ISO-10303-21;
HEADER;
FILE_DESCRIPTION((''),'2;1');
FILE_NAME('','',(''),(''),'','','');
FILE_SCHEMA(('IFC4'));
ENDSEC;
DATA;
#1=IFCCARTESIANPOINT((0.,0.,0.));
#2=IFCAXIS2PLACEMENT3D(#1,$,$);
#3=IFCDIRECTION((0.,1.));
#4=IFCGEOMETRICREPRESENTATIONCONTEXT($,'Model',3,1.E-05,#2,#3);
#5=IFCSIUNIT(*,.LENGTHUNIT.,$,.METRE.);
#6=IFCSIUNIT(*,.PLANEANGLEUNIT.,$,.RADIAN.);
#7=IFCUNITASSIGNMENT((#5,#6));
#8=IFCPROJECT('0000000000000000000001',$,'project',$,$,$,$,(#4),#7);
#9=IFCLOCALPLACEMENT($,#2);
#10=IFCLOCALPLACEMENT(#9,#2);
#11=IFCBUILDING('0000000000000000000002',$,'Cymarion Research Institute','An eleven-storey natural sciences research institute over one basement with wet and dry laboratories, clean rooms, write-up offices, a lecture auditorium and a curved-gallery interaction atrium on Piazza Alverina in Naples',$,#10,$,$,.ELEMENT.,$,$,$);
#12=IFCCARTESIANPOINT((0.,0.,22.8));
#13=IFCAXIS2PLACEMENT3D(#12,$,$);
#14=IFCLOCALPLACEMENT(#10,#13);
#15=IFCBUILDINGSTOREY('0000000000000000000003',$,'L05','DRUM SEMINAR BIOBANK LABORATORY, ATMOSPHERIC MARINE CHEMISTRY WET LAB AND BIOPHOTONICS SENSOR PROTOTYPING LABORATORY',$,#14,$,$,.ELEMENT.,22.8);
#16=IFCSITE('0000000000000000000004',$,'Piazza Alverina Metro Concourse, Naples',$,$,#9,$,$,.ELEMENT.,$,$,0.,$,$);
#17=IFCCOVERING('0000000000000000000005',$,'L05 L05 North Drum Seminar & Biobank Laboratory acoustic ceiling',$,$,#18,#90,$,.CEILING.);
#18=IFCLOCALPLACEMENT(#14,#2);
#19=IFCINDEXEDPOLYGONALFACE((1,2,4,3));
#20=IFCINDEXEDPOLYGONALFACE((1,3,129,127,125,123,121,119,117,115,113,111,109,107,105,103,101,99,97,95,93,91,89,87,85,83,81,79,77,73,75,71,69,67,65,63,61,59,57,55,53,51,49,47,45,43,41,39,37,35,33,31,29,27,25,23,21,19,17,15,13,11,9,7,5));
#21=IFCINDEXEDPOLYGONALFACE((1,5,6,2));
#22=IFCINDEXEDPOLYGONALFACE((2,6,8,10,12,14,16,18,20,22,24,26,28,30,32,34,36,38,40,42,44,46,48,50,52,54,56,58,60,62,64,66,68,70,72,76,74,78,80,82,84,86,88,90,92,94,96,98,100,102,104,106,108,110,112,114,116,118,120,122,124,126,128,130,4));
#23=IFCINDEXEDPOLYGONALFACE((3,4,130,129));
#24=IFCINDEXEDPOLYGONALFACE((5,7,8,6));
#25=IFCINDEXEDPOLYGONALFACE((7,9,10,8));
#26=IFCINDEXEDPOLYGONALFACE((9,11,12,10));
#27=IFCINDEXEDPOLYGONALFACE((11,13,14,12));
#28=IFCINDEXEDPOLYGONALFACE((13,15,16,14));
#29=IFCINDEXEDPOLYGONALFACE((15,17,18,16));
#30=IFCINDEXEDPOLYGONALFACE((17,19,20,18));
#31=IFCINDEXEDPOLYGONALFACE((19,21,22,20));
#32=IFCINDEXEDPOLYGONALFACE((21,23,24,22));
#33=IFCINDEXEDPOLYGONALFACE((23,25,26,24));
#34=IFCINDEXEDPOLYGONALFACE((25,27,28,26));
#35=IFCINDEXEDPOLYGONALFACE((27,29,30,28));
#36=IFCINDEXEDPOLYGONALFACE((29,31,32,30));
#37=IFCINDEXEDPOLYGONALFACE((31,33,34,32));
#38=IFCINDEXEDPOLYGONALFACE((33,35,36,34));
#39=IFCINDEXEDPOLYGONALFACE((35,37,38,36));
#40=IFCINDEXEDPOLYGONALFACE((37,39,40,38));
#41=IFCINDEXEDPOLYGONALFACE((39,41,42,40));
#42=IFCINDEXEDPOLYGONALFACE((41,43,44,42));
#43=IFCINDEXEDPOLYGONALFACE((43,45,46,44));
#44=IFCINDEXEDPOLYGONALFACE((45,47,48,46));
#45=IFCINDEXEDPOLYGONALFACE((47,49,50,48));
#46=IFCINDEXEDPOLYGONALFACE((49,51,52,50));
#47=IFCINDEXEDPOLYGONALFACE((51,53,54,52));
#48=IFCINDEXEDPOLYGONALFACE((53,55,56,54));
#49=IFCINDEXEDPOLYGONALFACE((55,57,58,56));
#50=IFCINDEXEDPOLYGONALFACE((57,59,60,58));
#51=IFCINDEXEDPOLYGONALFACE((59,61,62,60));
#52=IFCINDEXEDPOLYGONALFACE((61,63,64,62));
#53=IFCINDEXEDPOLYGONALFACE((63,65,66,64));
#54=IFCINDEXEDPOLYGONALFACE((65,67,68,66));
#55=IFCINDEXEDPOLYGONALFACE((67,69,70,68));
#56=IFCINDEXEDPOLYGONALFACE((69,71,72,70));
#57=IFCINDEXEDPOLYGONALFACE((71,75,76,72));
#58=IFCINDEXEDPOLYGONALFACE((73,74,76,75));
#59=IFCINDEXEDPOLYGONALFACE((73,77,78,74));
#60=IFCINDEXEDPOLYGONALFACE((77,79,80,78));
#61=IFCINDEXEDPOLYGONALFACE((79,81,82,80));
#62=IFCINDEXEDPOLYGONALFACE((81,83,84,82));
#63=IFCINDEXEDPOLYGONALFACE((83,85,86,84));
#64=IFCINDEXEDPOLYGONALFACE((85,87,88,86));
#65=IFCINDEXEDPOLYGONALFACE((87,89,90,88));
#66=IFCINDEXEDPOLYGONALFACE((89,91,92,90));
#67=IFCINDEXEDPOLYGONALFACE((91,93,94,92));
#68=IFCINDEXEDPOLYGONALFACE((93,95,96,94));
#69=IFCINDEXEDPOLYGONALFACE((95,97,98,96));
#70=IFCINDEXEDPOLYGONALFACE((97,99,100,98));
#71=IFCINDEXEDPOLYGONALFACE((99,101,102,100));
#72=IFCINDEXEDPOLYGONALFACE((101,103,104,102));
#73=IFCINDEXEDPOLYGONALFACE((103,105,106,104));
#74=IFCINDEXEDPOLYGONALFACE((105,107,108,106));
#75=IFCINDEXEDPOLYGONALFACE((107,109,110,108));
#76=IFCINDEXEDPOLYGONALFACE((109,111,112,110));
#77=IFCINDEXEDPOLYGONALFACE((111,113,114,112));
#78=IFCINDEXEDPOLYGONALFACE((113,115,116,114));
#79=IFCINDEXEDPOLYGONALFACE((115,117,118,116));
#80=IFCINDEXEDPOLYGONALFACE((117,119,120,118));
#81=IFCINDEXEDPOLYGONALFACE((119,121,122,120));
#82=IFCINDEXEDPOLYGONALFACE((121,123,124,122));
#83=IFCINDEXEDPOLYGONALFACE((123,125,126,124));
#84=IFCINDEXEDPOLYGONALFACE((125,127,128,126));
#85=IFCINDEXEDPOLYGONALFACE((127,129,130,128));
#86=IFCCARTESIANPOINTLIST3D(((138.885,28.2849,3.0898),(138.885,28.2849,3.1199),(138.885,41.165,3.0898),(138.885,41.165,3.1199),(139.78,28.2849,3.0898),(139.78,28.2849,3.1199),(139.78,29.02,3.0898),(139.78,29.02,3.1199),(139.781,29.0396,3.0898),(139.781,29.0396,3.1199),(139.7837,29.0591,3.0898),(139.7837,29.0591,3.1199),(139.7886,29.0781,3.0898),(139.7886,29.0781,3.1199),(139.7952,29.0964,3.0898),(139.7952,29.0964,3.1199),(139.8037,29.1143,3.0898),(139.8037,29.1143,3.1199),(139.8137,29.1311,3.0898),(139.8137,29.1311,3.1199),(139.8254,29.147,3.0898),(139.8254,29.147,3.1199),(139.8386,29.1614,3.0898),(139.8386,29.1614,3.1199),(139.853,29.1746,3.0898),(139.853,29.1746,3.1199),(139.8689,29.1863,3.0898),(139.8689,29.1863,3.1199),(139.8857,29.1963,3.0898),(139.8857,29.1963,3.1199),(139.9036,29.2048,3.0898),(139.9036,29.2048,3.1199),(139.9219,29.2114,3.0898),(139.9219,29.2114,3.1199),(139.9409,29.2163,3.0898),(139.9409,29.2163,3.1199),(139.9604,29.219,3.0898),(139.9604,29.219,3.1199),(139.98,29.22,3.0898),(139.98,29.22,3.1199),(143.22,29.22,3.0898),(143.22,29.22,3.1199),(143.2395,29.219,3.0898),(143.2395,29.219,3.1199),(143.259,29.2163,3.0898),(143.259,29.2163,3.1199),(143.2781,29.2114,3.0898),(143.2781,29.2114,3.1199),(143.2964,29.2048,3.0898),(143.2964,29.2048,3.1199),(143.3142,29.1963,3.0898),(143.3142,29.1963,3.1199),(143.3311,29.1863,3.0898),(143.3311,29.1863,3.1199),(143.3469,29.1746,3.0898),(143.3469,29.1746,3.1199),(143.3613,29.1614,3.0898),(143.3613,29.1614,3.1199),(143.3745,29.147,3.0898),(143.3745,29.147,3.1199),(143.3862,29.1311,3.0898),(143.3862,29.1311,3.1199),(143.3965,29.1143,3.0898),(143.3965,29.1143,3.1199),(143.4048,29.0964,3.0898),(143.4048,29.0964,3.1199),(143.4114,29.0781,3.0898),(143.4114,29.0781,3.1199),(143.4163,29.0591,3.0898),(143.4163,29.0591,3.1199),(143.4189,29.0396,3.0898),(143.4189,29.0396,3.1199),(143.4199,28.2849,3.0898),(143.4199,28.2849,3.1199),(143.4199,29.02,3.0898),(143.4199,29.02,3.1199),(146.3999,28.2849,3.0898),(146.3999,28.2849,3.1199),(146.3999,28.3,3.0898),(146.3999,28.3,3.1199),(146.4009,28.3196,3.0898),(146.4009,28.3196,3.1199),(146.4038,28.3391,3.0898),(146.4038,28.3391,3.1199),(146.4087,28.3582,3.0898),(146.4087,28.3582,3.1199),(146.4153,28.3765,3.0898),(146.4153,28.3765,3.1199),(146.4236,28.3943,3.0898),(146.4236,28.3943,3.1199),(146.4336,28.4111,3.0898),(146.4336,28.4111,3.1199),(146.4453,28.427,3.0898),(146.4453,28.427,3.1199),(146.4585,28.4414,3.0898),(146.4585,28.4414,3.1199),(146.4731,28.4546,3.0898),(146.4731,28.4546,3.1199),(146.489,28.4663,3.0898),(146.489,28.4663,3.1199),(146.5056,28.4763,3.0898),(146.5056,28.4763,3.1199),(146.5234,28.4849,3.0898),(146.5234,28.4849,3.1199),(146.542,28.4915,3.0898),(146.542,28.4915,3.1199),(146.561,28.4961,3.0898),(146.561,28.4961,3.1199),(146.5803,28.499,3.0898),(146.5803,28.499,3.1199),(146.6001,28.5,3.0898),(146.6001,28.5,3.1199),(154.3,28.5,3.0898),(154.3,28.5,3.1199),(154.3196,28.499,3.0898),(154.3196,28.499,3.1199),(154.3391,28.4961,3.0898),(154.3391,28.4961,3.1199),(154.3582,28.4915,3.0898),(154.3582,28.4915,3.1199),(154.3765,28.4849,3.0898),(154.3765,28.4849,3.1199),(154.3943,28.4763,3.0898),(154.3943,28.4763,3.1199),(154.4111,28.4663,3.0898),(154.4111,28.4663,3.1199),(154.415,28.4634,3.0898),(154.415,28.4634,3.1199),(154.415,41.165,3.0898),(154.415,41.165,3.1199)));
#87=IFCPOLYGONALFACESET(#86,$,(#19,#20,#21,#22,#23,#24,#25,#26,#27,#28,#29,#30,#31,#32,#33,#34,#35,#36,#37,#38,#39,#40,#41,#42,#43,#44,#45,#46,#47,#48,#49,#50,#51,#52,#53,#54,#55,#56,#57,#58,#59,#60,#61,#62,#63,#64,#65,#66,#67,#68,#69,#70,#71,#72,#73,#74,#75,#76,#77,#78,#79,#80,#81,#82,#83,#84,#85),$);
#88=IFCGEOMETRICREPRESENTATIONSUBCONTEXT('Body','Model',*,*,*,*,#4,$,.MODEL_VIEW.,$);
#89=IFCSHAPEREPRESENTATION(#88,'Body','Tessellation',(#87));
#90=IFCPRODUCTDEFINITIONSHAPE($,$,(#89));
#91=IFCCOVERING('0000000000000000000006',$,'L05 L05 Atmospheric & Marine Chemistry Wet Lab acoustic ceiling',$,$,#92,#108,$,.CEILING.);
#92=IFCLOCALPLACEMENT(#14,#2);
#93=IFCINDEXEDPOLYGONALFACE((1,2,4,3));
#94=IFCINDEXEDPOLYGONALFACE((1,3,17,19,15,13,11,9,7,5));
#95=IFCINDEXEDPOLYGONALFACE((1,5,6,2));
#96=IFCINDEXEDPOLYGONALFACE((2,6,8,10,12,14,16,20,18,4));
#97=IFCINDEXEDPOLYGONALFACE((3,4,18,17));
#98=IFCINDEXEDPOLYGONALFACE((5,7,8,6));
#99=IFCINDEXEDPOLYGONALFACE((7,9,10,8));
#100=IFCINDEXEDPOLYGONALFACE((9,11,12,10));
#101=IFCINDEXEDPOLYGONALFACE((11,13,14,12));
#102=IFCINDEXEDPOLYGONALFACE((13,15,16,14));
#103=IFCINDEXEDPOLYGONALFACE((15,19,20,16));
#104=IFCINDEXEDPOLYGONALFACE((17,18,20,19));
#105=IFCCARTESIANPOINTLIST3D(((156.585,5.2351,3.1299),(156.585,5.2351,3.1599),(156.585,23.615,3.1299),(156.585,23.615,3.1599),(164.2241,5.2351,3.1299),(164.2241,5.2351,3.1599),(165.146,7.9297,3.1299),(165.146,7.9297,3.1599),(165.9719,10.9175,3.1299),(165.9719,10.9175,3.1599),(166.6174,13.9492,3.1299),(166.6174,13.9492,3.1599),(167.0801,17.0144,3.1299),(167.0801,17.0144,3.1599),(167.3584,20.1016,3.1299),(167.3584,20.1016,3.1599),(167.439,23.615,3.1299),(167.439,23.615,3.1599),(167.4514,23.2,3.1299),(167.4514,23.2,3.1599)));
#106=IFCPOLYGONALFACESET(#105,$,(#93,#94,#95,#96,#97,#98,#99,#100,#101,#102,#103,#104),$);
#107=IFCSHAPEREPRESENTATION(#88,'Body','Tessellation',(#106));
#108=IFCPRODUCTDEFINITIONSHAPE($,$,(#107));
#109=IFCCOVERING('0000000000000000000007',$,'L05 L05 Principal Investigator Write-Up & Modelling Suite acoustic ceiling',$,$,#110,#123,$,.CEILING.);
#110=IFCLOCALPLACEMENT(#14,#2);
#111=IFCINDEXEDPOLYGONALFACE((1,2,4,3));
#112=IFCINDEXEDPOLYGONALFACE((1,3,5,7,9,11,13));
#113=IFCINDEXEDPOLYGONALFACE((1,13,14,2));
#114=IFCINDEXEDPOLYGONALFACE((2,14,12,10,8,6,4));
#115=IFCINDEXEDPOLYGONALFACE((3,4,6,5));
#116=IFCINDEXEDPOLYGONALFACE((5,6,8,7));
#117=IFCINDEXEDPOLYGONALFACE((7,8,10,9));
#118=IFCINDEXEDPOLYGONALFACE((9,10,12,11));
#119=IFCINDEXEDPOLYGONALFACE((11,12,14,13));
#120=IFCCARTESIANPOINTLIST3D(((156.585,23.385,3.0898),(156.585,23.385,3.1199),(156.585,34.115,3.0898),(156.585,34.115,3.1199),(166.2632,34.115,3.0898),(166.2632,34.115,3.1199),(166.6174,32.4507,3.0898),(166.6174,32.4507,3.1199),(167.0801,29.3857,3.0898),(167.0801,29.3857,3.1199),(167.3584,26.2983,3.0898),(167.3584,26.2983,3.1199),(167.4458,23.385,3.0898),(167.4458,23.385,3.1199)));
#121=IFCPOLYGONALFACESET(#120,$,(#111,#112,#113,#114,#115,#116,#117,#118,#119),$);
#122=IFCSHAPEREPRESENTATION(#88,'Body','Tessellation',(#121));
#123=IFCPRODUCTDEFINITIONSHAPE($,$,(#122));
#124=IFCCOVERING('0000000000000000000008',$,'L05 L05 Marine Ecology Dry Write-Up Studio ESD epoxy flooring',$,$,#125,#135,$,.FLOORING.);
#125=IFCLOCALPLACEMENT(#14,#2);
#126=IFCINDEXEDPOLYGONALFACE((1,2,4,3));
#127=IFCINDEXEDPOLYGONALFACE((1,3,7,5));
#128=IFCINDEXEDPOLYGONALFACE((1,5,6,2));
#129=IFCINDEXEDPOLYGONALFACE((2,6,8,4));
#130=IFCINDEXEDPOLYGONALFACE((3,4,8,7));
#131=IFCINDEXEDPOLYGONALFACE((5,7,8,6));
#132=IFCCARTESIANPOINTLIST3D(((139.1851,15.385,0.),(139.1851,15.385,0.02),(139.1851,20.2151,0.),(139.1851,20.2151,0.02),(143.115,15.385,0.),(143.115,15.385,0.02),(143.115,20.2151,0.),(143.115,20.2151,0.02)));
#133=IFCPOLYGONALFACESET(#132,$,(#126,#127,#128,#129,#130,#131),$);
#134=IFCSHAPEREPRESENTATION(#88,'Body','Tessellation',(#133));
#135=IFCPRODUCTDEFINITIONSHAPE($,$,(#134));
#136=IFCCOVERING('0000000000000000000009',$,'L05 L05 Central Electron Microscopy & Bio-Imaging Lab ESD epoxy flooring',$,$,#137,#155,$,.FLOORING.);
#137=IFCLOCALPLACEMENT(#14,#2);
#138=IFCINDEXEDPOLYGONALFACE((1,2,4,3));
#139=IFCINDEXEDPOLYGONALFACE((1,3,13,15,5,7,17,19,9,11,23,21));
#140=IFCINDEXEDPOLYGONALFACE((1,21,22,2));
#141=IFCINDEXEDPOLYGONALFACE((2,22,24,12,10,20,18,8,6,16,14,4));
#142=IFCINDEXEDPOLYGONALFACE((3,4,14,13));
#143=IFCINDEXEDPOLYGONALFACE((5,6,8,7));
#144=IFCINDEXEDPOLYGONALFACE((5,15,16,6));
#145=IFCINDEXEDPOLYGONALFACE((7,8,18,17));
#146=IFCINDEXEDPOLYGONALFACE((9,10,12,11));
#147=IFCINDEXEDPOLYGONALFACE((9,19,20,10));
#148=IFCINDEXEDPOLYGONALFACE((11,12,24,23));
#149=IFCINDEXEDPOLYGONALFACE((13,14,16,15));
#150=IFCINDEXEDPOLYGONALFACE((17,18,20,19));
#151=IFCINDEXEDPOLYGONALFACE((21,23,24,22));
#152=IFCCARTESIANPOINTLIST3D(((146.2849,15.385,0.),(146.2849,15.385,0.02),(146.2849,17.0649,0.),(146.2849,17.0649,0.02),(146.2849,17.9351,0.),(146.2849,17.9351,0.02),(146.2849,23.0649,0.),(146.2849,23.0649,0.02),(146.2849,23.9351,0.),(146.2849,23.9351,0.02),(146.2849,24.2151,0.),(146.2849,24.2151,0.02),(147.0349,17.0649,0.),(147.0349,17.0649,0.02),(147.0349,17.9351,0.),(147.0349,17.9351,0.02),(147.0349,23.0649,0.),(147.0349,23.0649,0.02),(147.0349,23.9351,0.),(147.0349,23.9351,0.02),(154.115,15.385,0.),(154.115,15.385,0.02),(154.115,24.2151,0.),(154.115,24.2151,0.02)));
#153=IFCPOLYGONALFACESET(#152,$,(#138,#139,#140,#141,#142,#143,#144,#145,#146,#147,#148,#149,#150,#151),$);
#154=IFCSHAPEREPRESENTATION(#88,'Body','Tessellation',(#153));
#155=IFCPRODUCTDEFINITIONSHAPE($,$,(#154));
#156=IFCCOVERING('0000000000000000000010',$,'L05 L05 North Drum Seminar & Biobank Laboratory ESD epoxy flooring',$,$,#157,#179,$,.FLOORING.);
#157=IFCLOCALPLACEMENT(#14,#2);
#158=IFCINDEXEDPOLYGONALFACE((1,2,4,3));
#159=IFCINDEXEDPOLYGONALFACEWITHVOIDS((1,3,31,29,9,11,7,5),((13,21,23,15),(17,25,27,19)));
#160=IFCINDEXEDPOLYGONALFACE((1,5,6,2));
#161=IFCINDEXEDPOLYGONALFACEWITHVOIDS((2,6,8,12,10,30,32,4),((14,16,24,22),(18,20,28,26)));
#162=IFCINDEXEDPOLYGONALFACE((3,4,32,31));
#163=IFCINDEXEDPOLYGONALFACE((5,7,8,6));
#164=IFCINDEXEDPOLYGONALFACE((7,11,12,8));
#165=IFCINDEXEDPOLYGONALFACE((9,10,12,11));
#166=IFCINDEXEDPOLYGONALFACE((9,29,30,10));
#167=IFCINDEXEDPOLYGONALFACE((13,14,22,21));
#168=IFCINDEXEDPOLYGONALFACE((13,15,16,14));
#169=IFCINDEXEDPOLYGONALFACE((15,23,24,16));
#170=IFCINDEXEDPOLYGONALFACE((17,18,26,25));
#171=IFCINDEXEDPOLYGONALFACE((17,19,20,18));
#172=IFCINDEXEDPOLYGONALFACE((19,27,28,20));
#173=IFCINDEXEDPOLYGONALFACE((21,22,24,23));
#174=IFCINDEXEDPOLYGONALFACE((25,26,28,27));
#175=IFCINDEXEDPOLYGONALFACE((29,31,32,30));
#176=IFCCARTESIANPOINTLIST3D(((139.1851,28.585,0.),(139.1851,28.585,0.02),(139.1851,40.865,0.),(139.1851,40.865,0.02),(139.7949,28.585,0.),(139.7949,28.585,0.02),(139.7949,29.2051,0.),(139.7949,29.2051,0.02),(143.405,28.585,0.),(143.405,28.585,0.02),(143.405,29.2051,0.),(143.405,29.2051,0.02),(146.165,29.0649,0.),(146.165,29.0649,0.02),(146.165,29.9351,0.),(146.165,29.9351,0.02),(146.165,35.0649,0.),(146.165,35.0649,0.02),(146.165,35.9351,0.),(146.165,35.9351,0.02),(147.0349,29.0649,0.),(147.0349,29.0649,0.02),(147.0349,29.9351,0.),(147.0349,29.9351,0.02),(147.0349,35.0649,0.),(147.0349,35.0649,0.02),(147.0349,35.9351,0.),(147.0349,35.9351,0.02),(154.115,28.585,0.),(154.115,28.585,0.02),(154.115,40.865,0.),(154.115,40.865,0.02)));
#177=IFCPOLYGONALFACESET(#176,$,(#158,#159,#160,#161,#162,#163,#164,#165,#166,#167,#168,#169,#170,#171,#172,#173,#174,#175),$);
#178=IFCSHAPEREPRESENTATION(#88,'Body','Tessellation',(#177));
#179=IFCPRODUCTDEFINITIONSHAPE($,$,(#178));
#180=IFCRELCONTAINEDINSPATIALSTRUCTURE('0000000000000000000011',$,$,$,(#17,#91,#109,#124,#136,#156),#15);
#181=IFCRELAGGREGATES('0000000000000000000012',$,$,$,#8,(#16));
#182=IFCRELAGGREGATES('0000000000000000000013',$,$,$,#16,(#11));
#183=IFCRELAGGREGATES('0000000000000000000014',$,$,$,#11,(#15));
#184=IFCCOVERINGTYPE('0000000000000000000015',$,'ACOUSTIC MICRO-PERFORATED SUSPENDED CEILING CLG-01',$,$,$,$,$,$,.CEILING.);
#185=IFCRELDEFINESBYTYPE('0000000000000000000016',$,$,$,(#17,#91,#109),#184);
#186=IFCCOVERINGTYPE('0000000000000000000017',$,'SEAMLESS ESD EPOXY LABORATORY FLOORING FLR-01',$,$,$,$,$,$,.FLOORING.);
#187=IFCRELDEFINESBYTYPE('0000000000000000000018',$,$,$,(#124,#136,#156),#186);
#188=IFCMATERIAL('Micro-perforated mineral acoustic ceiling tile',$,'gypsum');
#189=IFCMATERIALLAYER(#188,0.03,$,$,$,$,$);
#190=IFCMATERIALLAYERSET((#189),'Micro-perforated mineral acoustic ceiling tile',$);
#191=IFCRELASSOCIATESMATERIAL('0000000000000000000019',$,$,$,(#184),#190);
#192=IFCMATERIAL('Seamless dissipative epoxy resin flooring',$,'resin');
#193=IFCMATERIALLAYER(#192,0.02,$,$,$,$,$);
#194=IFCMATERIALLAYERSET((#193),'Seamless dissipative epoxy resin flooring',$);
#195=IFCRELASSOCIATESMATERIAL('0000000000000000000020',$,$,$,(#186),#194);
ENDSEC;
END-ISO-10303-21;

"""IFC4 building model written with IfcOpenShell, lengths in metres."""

from ifc_helpers import new_model, si_unit, direction, frame, origin, place, context, subcontext, project, spatial, polyline, outline, extrude, material, layer, layer_set, type_object, element, save


model = new_model("IFC4")

# Units and contexts
model_context = context("Model", 3, precision=1e-05, world=origin(), true_north=direction((0.0, 1.0)))
body_context = subcontext(model_context, "Body", "Model", "MODEL_VIEW")
ifc_project = project(units=[si_unit("LENGTHUNIT", "METRE"), si_unit("PLANEANGLEUNIT", "RADIAN")], contexts=[model_context])

# Site, building, storey
site_placement = place(None, origin())
site = spatial("IfcSite", under=ifc_project, at=site_placement, Name="Piazza Alverina Metro Concourse, Naples", CompositionType="ELEMENT", RefElevation=0.0)
building_placement = place(site_placement, origin())
building = spatial("IfcBuilding", under=site, at=building_placement, Name="Cymarion Research Institute", Description="An eleven-storey natural sciences research institute over one basement with wet and dry laboratories, clean rooms, write-up offices, a lecture auditorium and a curved-gallery interaction atrium on Piazza Alverina in Naples", CompositionType="ELEMENT")
storey_placement = place(building_placement, frame((0.0, 0.0, 22.8)))
storey = spatial("IfcBuildingStorey", under=building, at=storey_placement, Name="L05", Description="DRUM SEMINAR BIOBANK LABORATORY, ATMOSPHERIC MARINE CHEMISTRY WET LAB AND BIOPHOTONICS SENSOR PROTOTYPING LABORATORY", CompositionType="ELEMENT", Elevation=22.8)

# Coverings
ifc_material_1 = material(Name="Micro-perforated mineral acoustic ceiling tile", Category="gypsum")
ifc_layer_1 = layer(ifc_material_1, 0.03)
ifc_layer_set_1 = layer_set([ifc_layer_1], Name="Micro-perforated mineral acoustic ceiling tile")
covering_type_1 = type_object("IfcCoveringType", Name="ACOUSTIC MICRO-PERFORATED SUSPENDED CEILING CLG-01", PredefinedType="CEILING", material=ifc_layer_set_1)
covering_1_placement = place(storey_placement, frame((0.0, 0.0, 3.0898)))
element("IfcCovering", 1, at=covering_1_placement, inside=storey, type_object=covering_type_1, Name="L05 L05 North Drum Seminar & Biobank Laboratory acoustic ceiling", PredefinedType="CEILING", context=body_context, shape_type="SweptSolid", body=[
    extrude(outline(polyline([(154.415, 41.165), (154.415, 28.4634), (154.4111, 28.4663), (154.3943, 28.4763), (154.3765, 28.4849), (154.3582, 28.4915), (154.3391, 28.4961), (154.3196, 28.499), (154.3, 28.5), (146.6001, 28.5), (146.5803, 28.499), (146.561, 28.4961), (146.542, 28.4915), (146.5234, 28.4849), (146.5056, 28.4763), (146.489, 28.4663), (146.4731, 28.4546), (146.4585, 28.4414), (146.4453, 28.427), (146.4336, 28.4111), (146.4236, 28.3943), (146.4153, 28.3765), (146.4087, 28.3582), (146.4038, 28.3391), (146.4009, 28.3196), (146.3999, 28.3), (146.3999, 28.2849), (143.4199, 28.2849), (143.4199, 29.02), (143.4189, 29.0396), (143.4163, 29.0591), (143.4114, 29.0781), (143.4048, 29.0964), (143.3965, 29.1143), (143.3862, 29.1311), (143.3745, 29.147), (143.3613, 29.1614), (143.3469, 29.1746), (143.3311, 29.1863), (143.3142, 29.1963), (143.2964, 29.2048), (143.2781, 29.2114), (143.259, 29.2163), (143.2395, 29.219), (143.22, 29.22), (139.98, 29.22), (139.9604, 29.219), (139.9409, 29.2163), (139.9219, 29.2114), (139.9036, 29.2048), (139.8857, 29.1963), (139.8689, 29.1863), (139.853, 29.1746), (139.8386, 29.1614), (139.8254, 29.147), (139.8137, 29.1311), (139.8037, 29.1143), (139.7952, 29.0964), (139.7886, 29.0781), (139.7837, 29.0591), (139.781, 29.0396), (139.78, 29.02), (139.78, 28.2849), (138.885, 28.2849), (138.885, 41.165), (154.415, 41.165)])), origin(), (0.0, 0.0, 1.0), 0.03),
])
covering_2_placement = place(storey_placement, frame((0.0, 0.0, 3.1299)))
element("IfcCovering", 2, at=covering_2_placement, inside=storey, type_object=covering_type_1, Name="L05 L05 Atmospheric & Marine Chemistry Wet Lab acoustic ceiling", PredefinedType="CEILING", context=body_context, shape_type="SweptSolid", body=[
    extrude(outline(polyline([(167.439, 23.615), (167.4514, 23.2), (167.3584, 20.1016), (167.0801, 17.0144), (166.6174, 13.9492), (165.9719, 10.9175), (165.146, 7.9297), (164.2241, 5.2351), (156.585, 5.2351), (156.585, 23.615), (167.439, 23.615)])), origin(), (0.0, 0.0, 1.0), 0.03),
])
covering_3_placement = place(storey_placement, frame((0.0, 0.0, 3.0898)))
element("IfcCovering", 3, at=covering_3_placement, inside=storey, type_object=covering_type_1, Name="L05 L05 Principal Investigator Write-Up & Modelling Suite acoustic ceiling", PredefinedType="CEILING", context=body_context, shape_type="SweptSolid", body=[
    extrude(outline(polyline([(166.2632, 34.115), (166.6174, 32.4507), (167.0801, 29.3857), (167.3584, 26.2983), (167.4458, 23.385), (156.585, 23.385), (156.585, 34.115), (166.2632, 34.115)])), origin(), (0.0, 0.0, 1.0), 0.03),
])
ifc_material_2 = material(Name="Seamless dissipative epoxy resin flooring", Category="resin")
ifc_layer_2 = layer(ifc_material_2, 0.02)
ifc_layer_set_2 = layer_set([ifc_layer_2], Name="Seamless dissipative epoxy resin flooring")
covering_type_2 = type_object("IfcCoveringType", Name="SEAMLESS ESD EPOXY LABORATORY FLOORING FLR-01", PredefinedType="FLOORING", material=ifc_layer_set_2)
covering_4_placement = place(storey_placement, origin())
element("IfcCovering", 4, at=covering_4_placement, inside=storey, type_object=covering_type_2, Name="L05 L05 Marine Ecology Dry Write-Up Studio ESD epoxy flooring", PredefinedType="FLOORING", context=body_context, shape_type="SweptSolid", body=[
    extrude(outline(polyline([(139.1851, 20.2151), (143.115, 20.2151), (143.115, 15.385), (139.1851, 15.385), (139.1851, 20.2151)])), origin(), (0.0, 0.0, 1.0), 0.02),
])
covering_5_placement = place(storey_placement, origin())
element("IfcCovering", 5, at=covering_5_placement, inside=storey, type_object=covering_type_2, Name="L05 L05 Central Electron Microscopy & Bio-Imaging Lab ESD epoxy flooring", PredefinedType="FLOORING", context=body_context, shape_type="SweptSolid", body=[
    extrude(outline(polyline([(146.2849, 17.0649), (147.0349, 17.0649), (147.0349, 17.9351), (146.2849, 17.9351), (146.2849, 23.0649), (147.0349, 23.0649), (147.0349, 23.9351), (146.2849, 23.9351), (146.2849, 24.2151), (154.115, 24.2151), (154.115, 15.385), (146.2849, 15.385), (146.2849, 17.0649)])), origin(), (0.0, 0.0, 1.0), 0.02),
])
covering_6_placement = place(storey_placement, origin())
element("IfcCovering", 6, at=covering_6_placement, inside=storey, type_object=covering_type_2, Name="L05 L05 North Drum Seminar & Biobank Laboratory ESD epoxy flooring", PredefinedType="FLOORING", context=body_context, shape_type="SweptSolid", body=[
    extrude(outline(polyline([(139.1851, 40.865), (154.115, 40.865), (154.115, 28.585), (143.405, 28.585), (143.405, 29.2051), (139.7949, 29.2051), (139.7949, 28.585), (139.1851, 28.585), (139.1851, 40.865)]), holes=[polyline([(146.165, 29.9351), (146.165, 29.0649), (147.0349, 29.0649), (147.0349, 29.9351), (146.165, 29.9351)]), polyline([(146.165, 35.9351), (146.165, 35.0649), (147.0349, 35.0649), (147.0349, 35.9351), (146.165, 35.9351)])]), origin(), (0.0, 0.0, 1.0), 0.02),
])

save(model, "model.ifc")
